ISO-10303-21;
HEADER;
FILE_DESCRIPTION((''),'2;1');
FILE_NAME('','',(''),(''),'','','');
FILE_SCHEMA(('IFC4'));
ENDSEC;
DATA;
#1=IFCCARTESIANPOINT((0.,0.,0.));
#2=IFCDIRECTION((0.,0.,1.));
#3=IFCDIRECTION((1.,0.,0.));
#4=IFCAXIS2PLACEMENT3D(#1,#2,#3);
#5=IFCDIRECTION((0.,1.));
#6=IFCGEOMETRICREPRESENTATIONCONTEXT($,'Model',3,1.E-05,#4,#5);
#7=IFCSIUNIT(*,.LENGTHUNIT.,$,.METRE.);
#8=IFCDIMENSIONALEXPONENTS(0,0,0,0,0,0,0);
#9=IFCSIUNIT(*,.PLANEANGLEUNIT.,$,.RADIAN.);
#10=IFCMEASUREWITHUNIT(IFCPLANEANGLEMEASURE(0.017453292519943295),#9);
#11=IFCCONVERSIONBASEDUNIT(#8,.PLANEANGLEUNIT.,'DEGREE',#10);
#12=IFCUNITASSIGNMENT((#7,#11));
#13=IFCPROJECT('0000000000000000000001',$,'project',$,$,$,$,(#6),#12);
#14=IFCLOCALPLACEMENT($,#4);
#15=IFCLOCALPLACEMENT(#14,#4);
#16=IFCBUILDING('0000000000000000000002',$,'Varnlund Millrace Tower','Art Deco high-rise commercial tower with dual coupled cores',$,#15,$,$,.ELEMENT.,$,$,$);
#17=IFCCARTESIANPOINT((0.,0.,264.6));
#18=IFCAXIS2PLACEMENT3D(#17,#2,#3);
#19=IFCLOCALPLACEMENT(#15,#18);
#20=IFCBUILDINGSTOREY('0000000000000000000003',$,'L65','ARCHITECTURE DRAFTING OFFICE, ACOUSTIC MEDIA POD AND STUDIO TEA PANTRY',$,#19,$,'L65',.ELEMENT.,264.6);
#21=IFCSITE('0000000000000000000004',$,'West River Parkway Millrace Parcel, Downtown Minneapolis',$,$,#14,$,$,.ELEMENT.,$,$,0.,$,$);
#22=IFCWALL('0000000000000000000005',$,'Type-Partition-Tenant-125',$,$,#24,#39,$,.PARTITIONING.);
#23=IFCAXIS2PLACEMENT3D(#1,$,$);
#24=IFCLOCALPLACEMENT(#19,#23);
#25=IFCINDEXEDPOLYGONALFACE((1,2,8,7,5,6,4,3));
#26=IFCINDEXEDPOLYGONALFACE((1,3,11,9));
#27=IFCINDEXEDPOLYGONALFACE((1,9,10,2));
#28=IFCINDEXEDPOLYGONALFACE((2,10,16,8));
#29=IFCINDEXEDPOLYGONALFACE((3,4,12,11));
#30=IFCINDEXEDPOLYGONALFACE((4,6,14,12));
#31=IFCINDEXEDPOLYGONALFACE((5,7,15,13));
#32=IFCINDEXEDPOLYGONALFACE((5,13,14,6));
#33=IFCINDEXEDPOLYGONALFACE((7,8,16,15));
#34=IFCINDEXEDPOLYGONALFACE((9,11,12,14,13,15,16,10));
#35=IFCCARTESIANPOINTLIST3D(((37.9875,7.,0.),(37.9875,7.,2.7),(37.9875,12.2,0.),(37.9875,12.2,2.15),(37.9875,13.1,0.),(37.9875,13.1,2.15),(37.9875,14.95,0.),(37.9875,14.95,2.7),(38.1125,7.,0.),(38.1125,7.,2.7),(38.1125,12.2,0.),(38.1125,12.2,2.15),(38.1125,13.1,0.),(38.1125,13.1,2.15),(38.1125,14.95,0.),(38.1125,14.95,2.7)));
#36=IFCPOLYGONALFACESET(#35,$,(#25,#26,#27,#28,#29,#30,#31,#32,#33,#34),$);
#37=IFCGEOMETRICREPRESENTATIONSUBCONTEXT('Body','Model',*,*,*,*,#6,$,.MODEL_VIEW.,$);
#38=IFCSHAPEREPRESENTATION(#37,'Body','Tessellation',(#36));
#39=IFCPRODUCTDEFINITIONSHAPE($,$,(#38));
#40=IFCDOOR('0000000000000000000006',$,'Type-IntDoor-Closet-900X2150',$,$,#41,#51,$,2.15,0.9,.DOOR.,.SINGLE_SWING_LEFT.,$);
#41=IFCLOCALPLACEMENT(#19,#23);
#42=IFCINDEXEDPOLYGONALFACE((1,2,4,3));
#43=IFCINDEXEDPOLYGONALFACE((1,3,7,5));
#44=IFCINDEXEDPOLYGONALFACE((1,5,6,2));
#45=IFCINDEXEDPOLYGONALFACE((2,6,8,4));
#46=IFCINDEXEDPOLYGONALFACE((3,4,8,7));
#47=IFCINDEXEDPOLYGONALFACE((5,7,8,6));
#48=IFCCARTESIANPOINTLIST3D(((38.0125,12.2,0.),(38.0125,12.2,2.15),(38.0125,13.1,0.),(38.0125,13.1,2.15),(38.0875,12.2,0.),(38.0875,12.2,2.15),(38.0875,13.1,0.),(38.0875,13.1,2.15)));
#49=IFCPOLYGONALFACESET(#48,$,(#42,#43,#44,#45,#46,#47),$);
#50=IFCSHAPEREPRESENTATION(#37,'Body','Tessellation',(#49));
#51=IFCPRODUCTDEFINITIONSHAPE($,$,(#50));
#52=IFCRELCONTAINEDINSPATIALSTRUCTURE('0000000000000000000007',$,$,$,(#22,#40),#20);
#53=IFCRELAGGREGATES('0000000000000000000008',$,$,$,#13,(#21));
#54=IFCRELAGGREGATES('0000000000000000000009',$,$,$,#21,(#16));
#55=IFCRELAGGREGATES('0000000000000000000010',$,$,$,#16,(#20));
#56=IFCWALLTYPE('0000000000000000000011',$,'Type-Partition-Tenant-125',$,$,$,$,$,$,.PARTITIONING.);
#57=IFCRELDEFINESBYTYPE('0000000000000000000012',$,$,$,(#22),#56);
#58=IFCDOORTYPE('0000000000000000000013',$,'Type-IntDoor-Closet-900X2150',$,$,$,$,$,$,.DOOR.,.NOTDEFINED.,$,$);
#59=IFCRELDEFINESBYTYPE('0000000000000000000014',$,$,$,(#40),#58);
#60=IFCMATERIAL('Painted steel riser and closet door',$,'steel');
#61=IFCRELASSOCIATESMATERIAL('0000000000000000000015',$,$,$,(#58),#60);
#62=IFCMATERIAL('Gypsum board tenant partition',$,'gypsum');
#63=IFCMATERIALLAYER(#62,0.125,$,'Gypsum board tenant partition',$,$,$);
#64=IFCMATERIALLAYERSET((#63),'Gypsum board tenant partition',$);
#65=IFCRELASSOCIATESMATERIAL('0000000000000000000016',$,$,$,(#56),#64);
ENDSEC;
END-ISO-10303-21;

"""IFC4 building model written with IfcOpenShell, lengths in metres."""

from ifc_helpers import new_model, entity, si_unit, converted_unit, direction, frame, origin_with_axes, origin_2d_with_axis, place, context, subcontext, project, spatial, polyline, rectangle, outline, extrude, material, layer, layer_set, type_object, element, fill, save


model = new_model("IFC4")

# Units and contexts
model_context = context("Model", 3, precision=1e-05, world=origin_with_axes(), true_north=direction((0.0, 1.0)))
body_context = subcontext(model_context, "Body", "Model", "MODEL_VIEW")
ifc_project = project(units=[si_unit("LENGTHUNIT", "METRE"), converted_unit("PLANEANGLEUNIT", "DEGREE", entity("IfcPlaneAngleMeasure", 0.017453292519943295), si_unit("PLANEANGLEUNIT", "RADIAN"), dimensions=[0, 0, 0, 0, 0, 0, 0])], contexts=[model_context])

# Site, building, storey
site_placement = place(None, origin_with_axes())
site = spatial("IfcSite", under=ifc_project, at=site_placement, Name="West River Parkway Millrace Parcel, Downtown Minneapolis", CompositionType="ELEMENT", RefElevation=0.0)
building_placement = place(site_placement, origin_with_axes())
building = spatial("IfcBuilding", under=site, at=building_placement, Name="Varnlund Millrace Tower", Description="Art Deco high-rise commercial tower with dual coupled cores", CompositionType="ELEMENT")
storey_placement = place(building_placement, frame((0.0, 0.0, 264.6), z_axis=(0.0, 0.0, 1.0), x_axis=(1.0, 0.0, 0.0)))
storey = spatial("IfcBuildingStorey", under=building, at=storey_placement, Name="L65", Description="ARCHITECTURE DRAFTING OFFICE, ACOUSTIC MEDIA POD AND STUDIO TEA PANTRY", LongName="L65", CompositionType="ELEMENT", Elevation=264.6)

# Shared definitions
ifc_material_1 = material(Name="Painted steel riser and closet door", Category="steel")
door_type = type_object("IfcDoorType", Name="Type-IntDoor-Closet-900X2150", OperationType="NOTDEFINED", PredefinedType="DOOR", material=ifc_material_1)

# Shared definitions
ifc_material_2 = material(Name="Gypsum board tenant partition", Category="gypsum")
ifc_layer_1 = layer(ifc_material_2, 0.125, Name="Gypsum board tenant partition")
ifc_layer_set_1 = layer_set([ifc_layer_1], Name="Gypsum board tenant partition")
wall_type_1 = type_object("IfcWallType", Name="Type-Partition-Tenant-125", PredefinedType="PARTITIONING", material=ifc_layer_set_1)

# Wall, opening, door
wall_1_placement = place(storey_placement, frame((38.05, 7.0, 0.0), z_axis=(0.0, 0.0, 1.0), x_axis=(0.0, 1.0, 0.0)))
wall_1 = element("IfcWall", 1, at=wall_1_placement, inside=storey, type_object=wall_type_1, Name="Type-Partition-Tenant-125", PredefinedType="PARTITIONING", context=body_context, shape_type="SweptSolid", body=[
    extrude(outline(polyline([(0.0, -0.0625), (7.95, -0.0625), (7.95, 0.0625), (0.0, 0.0625), (0.0, -0.0625)])), origin_with_axes(), (0.0, 0.0, 1.0), 2.7),
])
opening_1_placement = place(wall_1_placement, frame((5.65, 0.0, 0.0), z_axis=(0.0, 0.0, 1.0), x_axis=(1.0, 0.0, 0.0)))
opening_1 = element("IfcOpeningElement", 2, at=opening_1_placement, cuts=wall_1, PredefinedType="OPENING", context=body_context, shape_type="SweptSolid", body=[
    extrude(rectangle(XDim=0.9, YDim=0.145, at=origin_2d_with_axis()), origin_with_axes(), (0.0, 0.0, 1.0), 2.15),
])
door_1_placement = place(wall_1_placement, frame((5.65, 0.0, 0.0), z_axis=(0.0, 0.0, 1.0), x_axis=(1.0, 0.0, 0.0)))
door_1 = element("IfcDoor", 3, at=door_1_placement, inside=storey, type_object=door_type, Name="Type-IntDoor-Closet-900X2150", OperationType="SINGLE_SWING_LEFT", OverallHeight=2.15, OverallWidth=0.9, PredefinedType="DOOR", context=body_context, shape_type="SweptSolid", body=[
    extrude(rectangle(XDim=0.9, YDim=0.075, at=origin_2d_with_axis()), origin_with_axes(), (0.0, 0.0, 1.0), 2.15),
])
fill(opening_1, door_1)

save(model, "model.ifc")
